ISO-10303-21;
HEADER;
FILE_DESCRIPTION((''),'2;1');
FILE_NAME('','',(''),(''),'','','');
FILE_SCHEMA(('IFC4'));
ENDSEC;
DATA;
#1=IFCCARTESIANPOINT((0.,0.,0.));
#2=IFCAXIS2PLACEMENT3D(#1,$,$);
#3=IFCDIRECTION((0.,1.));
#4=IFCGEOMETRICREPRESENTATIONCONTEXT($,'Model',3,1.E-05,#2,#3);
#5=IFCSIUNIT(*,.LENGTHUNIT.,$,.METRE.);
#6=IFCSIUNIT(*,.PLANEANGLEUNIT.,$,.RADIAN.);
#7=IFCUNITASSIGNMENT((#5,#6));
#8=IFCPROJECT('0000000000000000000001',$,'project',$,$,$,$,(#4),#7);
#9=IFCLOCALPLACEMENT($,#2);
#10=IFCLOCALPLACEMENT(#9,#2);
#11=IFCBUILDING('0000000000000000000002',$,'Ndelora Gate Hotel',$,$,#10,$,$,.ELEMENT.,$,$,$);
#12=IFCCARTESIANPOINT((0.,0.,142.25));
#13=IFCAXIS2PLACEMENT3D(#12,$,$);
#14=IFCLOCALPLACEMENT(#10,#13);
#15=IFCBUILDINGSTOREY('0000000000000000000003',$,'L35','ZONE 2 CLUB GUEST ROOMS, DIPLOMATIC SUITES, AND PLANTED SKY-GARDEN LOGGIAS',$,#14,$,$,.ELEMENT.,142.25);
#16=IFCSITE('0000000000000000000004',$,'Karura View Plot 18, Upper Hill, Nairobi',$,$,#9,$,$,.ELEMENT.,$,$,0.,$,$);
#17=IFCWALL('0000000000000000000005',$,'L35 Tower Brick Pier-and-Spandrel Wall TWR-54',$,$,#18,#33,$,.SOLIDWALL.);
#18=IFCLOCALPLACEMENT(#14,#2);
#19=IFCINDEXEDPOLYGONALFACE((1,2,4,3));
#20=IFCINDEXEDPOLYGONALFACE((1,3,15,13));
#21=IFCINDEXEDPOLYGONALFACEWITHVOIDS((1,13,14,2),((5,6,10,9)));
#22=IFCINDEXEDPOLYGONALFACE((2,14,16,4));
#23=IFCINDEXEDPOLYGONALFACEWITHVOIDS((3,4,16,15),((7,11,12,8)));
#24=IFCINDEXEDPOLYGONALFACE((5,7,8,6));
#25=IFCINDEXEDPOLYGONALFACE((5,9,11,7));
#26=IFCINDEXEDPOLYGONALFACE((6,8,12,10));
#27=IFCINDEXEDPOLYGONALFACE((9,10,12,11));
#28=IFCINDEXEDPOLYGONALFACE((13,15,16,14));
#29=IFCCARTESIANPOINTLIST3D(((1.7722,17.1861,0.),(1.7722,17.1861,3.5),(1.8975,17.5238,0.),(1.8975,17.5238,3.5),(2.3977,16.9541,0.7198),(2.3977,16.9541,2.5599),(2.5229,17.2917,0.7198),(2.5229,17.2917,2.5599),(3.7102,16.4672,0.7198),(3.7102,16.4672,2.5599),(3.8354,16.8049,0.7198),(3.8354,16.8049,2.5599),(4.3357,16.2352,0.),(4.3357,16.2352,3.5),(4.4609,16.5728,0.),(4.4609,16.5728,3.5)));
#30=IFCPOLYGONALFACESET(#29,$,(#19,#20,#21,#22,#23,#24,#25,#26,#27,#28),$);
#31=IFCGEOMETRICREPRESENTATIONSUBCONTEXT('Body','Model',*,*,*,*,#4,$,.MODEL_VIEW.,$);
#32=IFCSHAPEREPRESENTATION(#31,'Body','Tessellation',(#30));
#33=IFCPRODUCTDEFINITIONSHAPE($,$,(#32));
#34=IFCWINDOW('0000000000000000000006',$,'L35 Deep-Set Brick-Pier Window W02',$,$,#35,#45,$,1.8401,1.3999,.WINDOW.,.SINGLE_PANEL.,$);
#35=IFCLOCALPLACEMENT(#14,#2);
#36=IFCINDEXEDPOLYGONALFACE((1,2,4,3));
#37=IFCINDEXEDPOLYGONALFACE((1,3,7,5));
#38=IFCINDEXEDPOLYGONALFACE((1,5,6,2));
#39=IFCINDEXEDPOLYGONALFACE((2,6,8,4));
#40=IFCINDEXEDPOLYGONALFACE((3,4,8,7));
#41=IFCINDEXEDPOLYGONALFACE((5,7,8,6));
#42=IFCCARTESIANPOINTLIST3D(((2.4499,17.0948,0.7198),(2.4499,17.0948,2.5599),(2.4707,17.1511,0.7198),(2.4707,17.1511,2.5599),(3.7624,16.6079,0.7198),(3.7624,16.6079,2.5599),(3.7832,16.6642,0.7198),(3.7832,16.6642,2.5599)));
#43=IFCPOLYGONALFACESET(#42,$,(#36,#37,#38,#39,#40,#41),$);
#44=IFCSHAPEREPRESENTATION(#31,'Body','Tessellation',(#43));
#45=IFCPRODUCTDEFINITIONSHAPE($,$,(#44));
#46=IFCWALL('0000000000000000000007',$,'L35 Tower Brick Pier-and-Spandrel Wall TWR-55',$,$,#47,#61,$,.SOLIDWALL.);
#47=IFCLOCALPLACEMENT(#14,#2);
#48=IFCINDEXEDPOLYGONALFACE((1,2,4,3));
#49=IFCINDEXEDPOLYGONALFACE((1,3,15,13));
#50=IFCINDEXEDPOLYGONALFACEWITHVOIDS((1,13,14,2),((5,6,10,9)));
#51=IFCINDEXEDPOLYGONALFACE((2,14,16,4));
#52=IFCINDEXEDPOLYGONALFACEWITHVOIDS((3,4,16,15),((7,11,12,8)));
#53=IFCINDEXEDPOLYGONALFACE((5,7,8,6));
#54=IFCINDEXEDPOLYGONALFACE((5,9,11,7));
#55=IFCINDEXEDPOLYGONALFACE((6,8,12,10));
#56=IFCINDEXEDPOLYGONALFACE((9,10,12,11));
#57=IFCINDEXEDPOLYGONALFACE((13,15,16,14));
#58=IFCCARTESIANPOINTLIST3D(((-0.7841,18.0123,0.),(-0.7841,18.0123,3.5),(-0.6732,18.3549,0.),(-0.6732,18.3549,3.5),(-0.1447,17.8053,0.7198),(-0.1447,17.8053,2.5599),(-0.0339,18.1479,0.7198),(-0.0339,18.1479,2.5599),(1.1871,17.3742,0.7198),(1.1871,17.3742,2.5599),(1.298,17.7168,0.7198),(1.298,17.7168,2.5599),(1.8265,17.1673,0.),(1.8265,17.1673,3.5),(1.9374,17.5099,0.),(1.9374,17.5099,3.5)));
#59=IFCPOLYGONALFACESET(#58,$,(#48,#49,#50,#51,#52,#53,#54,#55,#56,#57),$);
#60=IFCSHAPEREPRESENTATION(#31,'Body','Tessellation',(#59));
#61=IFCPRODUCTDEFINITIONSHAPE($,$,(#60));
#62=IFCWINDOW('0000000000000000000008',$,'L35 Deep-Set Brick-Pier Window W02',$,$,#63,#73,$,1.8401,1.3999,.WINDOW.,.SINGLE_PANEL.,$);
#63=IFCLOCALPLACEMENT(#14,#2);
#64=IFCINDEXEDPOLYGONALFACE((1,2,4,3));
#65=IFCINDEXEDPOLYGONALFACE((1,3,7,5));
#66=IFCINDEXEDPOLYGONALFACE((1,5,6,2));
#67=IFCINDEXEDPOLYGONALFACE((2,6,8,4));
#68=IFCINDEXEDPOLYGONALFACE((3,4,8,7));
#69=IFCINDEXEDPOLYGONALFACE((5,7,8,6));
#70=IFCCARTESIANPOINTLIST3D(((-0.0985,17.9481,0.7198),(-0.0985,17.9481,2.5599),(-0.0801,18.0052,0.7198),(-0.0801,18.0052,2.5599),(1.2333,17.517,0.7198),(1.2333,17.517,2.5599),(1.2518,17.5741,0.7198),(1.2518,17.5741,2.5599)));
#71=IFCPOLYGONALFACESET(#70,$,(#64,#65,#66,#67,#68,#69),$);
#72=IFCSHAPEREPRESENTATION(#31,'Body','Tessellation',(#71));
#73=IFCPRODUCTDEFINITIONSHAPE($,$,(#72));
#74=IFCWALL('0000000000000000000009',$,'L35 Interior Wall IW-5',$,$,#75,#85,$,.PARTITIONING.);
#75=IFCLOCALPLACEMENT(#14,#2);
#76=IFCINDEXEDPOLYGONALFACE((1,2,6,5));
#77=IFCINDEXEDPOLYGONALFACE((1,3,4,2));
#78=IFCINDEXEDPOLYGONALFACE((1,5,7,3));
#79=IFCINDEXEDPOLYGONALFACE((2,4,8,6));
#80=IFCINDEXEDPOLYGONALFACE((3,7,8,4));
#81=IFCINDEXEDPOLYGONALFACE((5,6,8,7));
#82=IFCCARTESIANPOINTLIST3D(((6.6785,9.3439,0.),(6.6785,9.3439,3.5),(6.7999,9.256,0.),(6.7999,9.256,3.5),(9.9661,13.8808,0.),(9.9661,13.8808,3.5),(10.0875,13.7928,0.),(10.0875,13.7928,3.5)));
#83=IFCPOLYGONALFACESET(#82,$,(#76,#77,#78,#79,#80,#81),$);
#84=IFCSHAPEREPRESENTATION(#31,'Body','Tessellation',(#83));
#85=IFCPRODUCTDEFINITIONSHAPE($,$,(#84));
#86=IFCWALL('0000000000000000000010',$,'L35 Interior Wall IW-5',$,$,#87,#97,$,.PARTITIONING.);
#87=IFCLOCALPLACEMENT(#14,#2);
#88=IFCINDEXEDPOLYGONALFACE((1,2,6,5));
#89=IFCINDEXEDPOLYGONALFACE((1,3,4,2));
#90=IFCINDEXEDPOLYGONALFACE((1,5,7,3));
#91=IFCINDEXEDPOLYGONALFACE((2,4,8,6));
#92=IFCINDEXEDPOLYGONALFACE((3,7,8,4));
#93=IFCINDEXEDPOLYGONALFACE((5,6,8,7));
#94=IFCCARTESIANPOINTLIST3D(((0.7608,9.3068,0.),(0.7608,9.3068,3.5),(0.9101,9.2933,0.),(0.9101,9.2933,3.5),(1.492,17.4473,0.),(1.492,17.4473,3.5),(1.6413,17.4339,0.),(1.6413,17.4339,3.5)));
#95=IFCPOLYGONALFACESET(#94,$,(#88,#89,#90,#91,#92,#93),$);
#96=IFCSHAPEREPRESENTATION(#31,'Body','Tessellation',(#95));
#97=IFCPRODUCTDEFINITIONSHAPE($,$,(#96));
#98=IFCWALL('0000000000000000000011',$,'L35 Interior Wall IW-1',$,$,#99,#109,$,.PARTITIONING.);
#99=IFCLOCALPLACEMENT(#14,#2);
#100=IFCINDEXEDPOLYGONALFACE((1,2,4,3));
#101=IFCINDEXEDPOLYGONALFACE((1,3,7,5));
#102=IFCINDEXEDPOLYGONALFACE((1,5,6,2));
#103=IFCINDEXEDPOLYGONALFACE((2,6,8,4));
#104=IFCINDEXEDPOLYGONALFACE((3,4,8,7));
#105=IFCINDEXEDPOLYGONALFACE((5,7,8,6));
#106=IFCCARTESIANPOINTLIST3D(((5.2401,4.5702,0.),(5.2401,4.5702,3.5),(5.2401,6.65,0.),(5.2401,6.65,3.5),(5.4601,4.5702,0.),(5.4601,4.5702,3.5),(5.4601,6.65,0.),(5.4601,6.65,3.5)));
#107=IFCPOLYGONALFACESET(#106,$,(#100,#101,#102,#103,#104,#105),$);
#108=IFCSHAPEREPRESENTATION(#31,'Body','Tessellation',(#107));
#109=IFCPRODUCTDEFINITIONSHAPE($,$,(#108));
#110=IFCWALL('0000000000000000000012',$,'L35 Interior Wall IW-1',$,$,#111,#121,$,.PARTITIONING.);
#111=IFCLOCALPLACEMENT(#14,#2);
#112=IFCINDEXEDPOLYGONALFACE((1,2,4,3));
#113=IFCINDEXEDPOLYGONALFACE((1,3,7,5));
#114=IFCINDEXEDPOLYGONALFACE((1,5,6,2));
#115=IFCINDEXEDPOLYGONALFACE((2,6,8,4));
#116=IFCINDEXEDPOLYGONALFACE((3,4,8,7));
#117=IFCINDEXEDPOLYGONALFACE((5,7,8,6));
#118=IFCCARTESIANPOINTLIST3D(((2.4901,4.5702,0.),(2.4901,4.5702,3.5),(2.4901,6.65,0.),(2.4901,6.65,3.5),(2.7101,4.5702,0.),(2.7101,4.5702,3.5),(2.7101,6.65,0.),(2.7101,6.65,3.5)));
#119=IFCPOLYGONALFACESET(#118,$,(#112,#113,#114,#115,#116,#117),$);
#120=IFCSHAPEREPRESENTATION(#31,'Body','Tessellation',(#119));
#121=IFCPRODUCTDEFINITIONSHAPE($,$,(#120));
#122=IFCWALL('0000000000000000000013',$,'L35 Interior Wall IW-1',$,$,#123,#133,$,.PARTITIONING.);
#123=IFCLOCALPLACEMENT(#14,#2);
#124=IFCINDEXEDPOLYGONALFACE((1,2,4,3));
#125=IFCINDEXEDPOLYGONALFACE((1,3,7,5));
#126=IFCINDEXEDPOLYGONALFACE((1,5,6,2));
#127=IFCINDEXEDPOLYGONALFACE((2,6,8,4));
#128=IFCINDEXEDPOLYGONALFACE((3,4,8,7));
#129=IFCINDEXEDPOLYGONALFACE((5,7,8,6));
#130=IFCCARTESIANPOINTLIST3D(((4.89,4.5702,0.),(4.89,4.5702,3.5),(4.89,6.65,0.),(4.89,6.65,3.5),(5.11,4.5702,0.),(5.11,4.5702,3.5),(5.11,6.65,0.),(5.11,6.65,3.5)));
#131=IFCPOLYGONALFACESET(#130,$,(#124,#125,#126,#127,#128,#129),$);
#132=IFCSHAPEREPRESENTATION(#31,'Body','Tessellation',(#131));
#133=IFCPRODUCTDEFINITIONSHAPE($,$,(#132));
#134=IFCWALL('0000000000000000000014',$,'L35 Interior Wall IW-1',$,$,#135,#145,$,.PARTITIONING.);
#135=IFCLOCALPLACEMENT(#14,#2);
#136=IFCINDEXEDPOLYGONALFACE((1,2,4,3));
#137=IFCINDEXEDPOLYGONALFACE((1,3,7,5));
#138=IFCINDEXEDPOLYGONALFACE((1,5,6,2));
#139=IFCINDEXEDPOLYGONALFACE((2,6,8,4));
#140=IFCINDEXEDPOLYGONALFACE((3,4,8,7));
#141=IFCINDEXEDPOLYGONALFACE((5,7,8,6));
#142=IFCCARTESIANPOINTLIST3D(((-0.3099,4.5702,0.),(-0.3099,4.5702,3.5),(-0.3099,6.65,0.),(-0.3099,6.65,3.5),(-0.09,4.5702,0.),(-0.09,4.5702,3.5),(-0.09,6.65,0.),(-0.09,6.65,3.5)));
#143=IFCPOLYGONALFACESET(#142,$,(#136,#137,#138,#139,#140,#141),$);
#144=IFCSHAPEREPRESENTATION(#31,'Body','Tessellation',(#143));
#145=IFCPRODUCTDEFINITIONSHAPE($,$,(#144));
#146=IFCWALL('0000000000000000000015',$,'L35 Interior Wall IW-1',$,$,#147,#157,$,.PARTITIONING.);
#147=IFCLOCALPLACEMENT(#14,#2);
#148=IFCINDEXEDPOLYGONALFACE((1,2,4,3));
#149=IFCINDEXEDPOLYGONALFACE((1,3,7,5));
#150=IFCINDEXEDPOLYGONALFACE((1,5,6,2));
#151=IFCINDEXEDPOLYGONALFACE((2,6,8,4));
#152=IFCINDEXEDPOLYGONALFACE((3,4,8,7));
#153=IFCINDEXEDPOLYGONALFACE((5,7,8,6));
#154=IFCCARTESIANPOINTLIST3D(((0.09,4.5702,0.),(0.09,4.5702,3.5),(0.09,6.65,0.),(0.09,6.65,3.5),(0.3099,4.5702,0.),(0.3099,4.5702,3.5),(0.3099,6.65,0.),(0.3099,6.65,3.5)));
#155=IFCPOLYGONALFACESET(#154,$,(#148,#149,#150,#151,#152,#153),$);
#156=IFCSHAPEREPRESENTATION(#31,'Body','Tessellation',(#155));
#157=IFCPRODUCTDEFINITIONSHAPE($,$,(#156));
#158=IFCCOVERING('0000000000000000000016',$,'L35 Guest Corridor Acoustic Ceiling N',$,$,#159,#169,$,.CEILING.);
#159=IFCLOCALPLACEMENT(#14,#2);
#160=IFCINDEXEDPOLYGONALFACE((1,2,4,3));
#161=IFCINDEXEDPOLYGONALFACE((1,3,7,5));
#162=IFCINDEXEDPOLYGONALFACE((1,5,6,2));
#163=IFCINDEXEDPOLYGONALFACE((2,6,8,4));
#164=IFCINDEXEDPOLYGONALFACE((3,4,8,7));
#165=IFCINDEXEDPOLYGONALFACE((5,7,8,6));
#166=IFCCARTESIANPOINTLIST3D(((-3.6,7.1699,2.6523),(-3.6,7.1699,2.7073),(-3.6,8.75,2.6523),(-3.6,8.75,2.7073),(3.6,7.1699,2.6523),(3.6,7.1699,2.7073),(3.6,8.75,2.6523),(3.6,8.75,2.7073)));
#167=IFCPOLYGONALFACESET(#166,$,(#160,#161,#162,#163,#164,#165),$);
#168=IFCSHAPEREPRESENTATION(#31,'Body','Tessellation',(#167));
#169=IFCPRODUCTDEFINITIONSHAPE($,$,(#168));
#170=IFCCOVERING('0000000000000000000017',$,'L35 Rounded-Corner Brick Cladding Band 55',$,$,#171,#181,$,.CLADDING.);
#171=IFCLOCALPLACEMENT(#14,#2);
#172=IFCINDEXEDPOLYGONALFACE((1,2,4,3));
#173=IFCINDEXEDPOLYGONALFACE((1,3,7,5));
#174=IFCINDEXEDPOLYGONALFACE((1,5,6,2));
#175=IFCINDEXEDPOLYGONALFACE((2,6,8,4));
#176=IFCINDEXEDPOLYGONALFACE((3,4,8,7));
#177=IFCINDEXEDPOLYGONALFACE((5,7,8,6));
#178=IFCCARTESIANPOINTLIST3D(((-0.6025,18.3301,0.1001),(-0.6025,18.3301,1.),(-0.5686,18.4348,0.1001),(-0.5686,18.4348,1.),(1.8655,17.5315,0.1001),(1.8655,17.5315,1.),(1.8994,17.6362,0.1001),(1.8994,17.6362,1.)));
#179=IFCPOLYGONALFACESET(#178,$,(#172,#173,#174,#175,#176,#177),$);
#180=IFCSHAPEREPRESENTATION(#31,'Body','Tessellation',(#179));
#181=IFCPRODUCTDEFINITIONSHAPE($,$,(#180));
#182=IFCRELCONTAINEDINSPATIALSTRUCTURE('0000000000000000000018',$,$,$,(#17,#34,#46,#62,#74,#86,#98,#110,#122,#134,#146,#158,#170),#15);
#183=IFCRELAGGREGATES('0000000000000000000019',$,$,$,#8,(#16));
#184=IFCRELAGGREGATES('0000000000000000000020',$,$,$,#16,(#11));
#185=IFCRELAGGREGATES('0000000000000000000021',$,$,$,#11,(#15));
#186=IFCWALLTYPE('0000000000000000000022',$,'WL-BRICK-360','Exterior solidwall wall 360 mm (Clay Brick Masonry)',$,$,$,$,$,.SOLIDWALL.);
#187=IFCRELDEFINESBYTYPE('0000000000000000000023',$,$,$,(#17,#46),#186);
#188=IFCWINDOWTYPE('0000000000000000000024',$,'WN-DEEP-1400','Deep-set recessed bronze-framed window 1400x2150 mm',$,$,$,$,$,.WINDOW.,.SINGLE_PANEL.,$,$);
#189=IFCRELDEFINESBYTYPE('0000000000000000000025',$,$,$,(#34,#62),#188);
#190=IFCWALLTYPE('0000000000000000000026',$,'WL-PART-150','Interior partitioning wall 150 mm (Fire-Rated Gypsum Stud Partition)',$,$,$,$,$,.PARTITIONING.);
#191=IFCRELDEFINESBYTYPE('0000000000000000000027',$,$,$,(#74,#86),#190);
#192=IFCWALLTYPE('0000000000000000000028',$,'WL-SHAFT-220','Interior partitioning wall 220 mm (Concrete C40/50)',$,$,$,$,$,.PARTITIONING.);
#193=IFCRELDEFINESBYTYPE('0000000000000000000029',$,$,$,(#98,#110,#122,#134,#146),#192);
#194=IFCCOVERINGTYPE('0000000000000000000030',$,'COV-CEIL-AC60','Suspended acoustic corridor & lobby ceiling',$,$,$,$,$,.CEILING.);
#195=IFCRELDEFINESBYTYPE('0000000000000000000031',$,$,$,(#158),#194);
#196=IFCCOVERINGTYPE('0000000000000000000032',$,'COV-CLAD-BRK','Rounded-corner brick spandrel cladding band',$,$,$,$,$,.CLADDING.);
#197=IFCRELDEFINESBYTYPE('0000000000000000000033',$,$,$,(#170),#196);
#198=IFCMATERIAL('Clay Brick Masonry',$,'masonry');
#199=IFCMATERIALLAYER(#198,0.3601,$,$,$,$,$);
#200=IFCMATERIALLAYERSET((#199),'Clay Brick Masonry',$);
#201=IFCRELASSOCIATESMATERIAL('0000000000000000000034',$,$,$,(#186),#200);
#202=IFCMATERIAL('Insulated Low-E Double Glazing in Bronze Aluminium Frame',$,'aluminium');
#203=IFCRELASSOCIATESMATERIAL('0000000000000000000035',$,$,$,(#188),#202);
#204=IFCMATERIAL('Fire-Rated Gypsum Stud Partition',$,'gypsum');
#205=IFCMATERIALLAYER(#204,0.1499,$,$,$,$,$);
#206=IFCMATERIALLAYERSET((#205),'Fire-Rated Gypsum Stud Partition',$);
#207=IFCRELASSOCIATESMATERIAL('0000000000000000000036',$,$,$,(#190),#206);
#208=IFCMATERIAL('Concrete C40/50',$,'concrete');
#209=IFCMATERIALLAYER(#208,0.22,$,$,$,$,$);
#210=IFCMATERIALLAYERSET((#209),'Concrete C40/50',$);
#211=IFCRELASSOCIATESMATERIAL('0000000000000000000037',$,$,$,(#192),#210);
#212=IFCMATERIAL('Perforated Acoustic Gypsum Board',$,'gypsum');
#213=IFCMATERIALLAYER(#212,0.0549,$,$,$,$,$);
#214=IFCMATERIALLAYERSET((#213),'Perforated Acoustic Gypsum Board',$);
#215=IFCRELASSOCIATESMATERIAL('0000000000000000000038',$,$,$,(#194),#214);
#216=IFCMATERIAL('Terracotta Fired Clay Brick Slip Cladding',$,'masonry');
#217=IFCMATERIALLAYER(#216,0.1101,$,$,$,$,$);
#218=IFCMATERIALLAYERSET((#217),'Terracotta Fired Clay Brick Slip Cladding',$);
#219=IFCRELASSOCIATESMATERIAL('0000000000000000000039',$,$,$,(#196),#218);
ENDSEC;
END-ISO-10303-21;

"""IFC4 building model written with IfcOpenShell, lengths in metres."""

from ifc_helpers import new_model, si_unit, direction, frame, frame_2d, origin, origin_2d, place, context, subcontext, project, spatial, rectangle, extrude, material, layer, layer_set, type_object, element, fill, save


model = new_model("IFC4")

# Units and contexts
model_context = context("Model", 3, precision=1e-05, world=origin(), true_north=direction((0.0, 1.0)))
body_context = subcontext(model_context, "Body", "Model", "MODEL_VIEW")
ifc_project = project(units=[si_unit("LENGTHUNIT", "METRE"), si_unit("PLANEANGLEUNIT", "RADIAN")], contexts=[model_context])

# Site, building, storey
site_placement = place(None, origin())
site = spatial("IfcSite", under=ifc_project, at=site_placement, Name="Karura View Plot 18, Upper Hill, Nairobi", CompositionType="ELEMENT", RefElevation=0.0)
building_placement = place(site_placement, origin())
building = spatial("IfcBuilding", under=site, at=building_placement, Name="Ndelora Gate Hotel", CompositionType="ELEMENT")
storey_placement = place(building_placement, frame((0.0, 0.0, 142.25)))
storey = spatial("IfcBuildingStorey", under=building, at=storey_placement, Name="L35", Description="ZONE 2 CLUB GUEST ROOMS, DIPLOMATIC SUITES, AND PLANTED SKY-GARDEN LOGGIAS", CompositionType="ELEMENT", Elevation=142.25)

# Walls, openings, windows
ifc_material_1 = material(Name="Clay Brick Masonry", Category="masonry")
ifc_layer_1 = layer(ifc_material_1, 0.3601)
ifc_layer_set_1 = layer_set([ifc_layer_1], Name="Clay Brick Masonry")
wall_type_1 = type_object("IfcWallType", Name="WL-BRICK-360", Description="Exterior solidwall wall 360 mm (Clay Brick Masonry)", PredefinedType="SOLIDWALL", material=ifc_layer_set_1)
ifc_material_2 = material(Name="Insulated Low-E Double Glazing in Bronze Aluminium Frame", Category="aluminium")
window_type = type_object("IfcWindowType", Name="WN-DEEP-1400", Description="Deep-set recessed bronze-framed window 1400x2150 mm", PartitioningType="SINGLE_PANEL", PredefinedType="WINDOW", material=ifc_material_2)
wall_1_placement = place(storey_placement, frame((1.8347, 17.355, 0.0), z_axis=(0.0, 0.0, 1.0), x_axis=(0.937571, -0.347794, 0.0)))
wall_1 = element("IfcWall", 1, at=wall_1_placement, inside=storey, type_object=wall_type_1, Name="L35 Tower Brick Pier-and-Spandrel Wall TWR-54", PredefinedType="SOLIDWALL", context=body_context, shape_type="SweptSolid", body=[
    extrude(rectangle(XDim=2.7341, YDim=0.3601, at=frame_2d((1.3672, 0.0))), origin(), (0.0, 0.0, 1.0), 3.5),
])
opening_1_placement = place(wall_1_placement, frame((0.6672, 0.0, 0.72)))
opening_1 = element("IfcOpeningElement", 2, at=opening_1_placement, cuts=wall_1, PredefinedType="OPENING", context=body_context, shape_type="SweptSolid", body=[
    extrude(rectangle(XDim=1.3999, YDim=1.8401, at=frame_2d((0.7, 0.9199))), frame((0.0, 0.1899, 0.0), z_axis=(0.0, -1.0, 0.0), x_axis=(1.0, 0.0, 0.0)), (0.0, 0.0, 1.0), 0.3801),
])
window_1_placement = place(opening_1_placement, origin())
window_1 = element("IfcWindow", 3, at=window_1_placement, inside=storey, type_object=window_type, Name="L35 Deep-Set Brick-Pier Window W02", OverallHeight=1.8401, OverallWidth=1.3999, PartitioningType="SINGLE_PANEL", PredefinedType="WINDOW", context=body_context, shape_type="SweptSolid", body=[
    extrude(rectangle(XDim=1.3999, YDim=1.8401, at=frame_2d((0.7, 0.9199))), frame((0.0, 0.03, 0.0), z_axis=(0.0, -1.0, 0.0), x_axis=(1.0, 0.0, 0.0)), (0.0, 0.0, 1.0), 0.0601),
])
fill(opening_1, window_1)
wall_2_placement = place(storey_placement, frame((-0.7288, 18.1836, 0.0), z_axis=(0.0, 0.0, 1.0), x_axis=(0.951405, -0.307941, 0.0)))
wall_2 = element("IfcWall", 4, at=wall_2_placement, inside=storey, type_object=wall_type_1, Name="L35 Tower Brick Pier-and-Spandrel Wall TWR-55", PredefinedType="SOLIDWALL", context=body_context, shape_type="SweptSolid", body=[
    extrude(rectangle(XDim=2.7439, YDim=0.3601, at=frame_2d((1.3721, 0.0))), origin(), (0.0, 0.0, 1.0), 3.5),
])
opening_2_placement = place(wall_2_placement, frame((0.6721, 0.0, 0.72)))
opening_2 = element("IfcOpeningElement", 5, at=opening_2_placement, cuts=wall_2, PredefinedType="OPENING", context=body_context, shape_type="SweptSolid", body=[
    extrude(rectangle(XDim=1.3999, YDim=1.8401, at=frame_2d((0.7, 0.9199))), frame((0.0, 0.1899, 0.0), z_axis=(0.0, -1.0, 0.0), x_axis=(1.0, 0.0, 0.0)), (0.0, 0.0, 1.0), 0.3801),
])
window_2_placement = place(opening_2_placement, origin())
window_2 = element("IfcWindow", 6, at=window_2_placement, inside=storey, type_object=window_type, Name="L35 Deep-Set Brick-Pier Window W02", OverallHeight=1.8401, OverallWidth=1.3999, PartitioningType="SINGLE_PANEL", PredefinedType="WINDOW", context=body_context, shape_type="SweptSolid", body=[
    extrude(rectangle(XDim=1.3999, YDim=1.8401, at=frame_2d((0.7, 0.9199))), frame((0.0, 0.03, 0.0), z_axis=(0.0, -1.0, 0.0), x_axis=(1.0, 0.0, 0.0)), (0.0, 0.0, 1.0), 0.0601),
])
fill(opening_2, window_2)

# Walls
ifc_material_3 = material(Name="Fire-Rated Gypsum Stud Partition", Category="gypsum")
ifc_layer_2 = layer(ifc_material_3, 0.1499)
ifc_layer_set_2 = layer_set([ifc_layer_2], Name="Fire-Rated Gypsum Stud Partition")
wall_type_2 = type_object("IfcWallType", Name="WL-PART-150", Description="Interior partitioning wall 150 mm (Fire-Rated Gypsum Stud Partition)", PredefinedType="PARTITIONING", material=ifc_layer_set_2)
wall_3_placement = place(storey_placement, frame((6.7393, 9.3, 0.0), z_axis=(0.0, 0.0, 1.0), x_axis=(0.586777, 0.809749, 0.0)))
element("IfcWall", 7, at=wall_3_placement, inside=storey, type_object=wall_type_2, Name="L35 Interior Wall IW-5", PredefinedType="PARTITIONING", context=body_context, shape_type="SweptSolid", body=[
    extrude(rectangle(XDim=5.6028, YDim=0.1499, at=frame_2d((2.8013, 0.0))), origin(), (0.0, 0.0, 1.0), 3.5),
])
wall_4_placement = place(storey_placement, frame((0.8354, 9.3, 0.0), z_axis=(0.0, 0.0, 1.0), x_axis=(0.089461, 0.99599, 0.0)))
element("IfcWall", 8, at=wall_4_placement, inside=storey, type_object=wall_type_2, Name="L35 Interior Wall IW-5", PredefinedType="PARTITIONING", context=body_context, shape_type="SweptSolid", body=[
    extrude(rectangle(XDim=8.1733, YDim=0.1499, at=frame_2d((4.0867, 0.0))), origin(), (0.0, 0.0, 1.0), 3.5),
])

# Shared definitions
ifc_material_4 = material(Name="Concrete C40/50", Category="concrete")
ifc_layer_3 = layer(ifc_material_4, 0.22)
ifc_layer_set_3 = layer_set([ifc_layer_3], Name="Concrete C40/50")
wall_type_3 = type_object("IfcWallType", Name="WL-SHAFT-220", Description="Interior partitioning wall 220 mm (Concrete C40/50)", PredefinedType="PARTITIONING", material=ifc_layer_set_3)

# Walls
for number, where, z_axis, x_axis, name in (
    (9, (5.3501, 4.5701, 0.0), (0.0, 0.0, 1.0), (0.0, 1.0, 0.0), "L35 Interior Wall IW-1"),
    (10, (2.6001, 4.5701, 0.0), (0.0, 0.0, 1.0), (0.0, 1.0, 0.0), "L35 Interior Wall IW-1"),
    (11, (5.0, 4.5701, 0.0), (0.0, 0.0, 1.0), (0.0, 1.0, 0.0), "L35 Interior Wall IW-1"),
    (12, (-0.2, 4.5701, 0.0), (0.0, 0.0, 1.0), (0.0, 1.0, 0.0), "L35 Interior Wall IW-1"),
    (13, (0.2, 4.5701, 0.0), (0.0, 0.0, 1.0), (0.0, 1.0, 0.0), "L35 Interior Wall IW-1"),
):
    element("IfcWall", number, at=place(storey_placement, frame(where, z_axis=z_axis, x_axis=x_axis)), inside=storey, type_object=wall_type_3, Name=name, PredefinedType="PARTITIONING", context=body_context, shape_type="SweptSolid", body=[
        extrude(rectangle(XDim=2.0798, YDim=0.22, at=frame_2d((1.04, 0.0))), origin(), (0.0, 0.0, 1.0), 3.5),
    ])

# Coverings
ifc_material_5 = material(Name="Perforated Acoustic Gypsum Board", Category="gypsum")
ifc_layer_4 = layer(ifc_material_5, 0.0549)
ifc_layer_set_4 = layer_set([ifc_layer_4], Name="Perforated Acoustic Gypsum Board")
covering_type_1 = type_object("IfcCoveringType", Name="COV-CEIL-AC60", Description="Suspended acoustic corridor & lobby ceiling", PredefinedType="CEILING", material=ifc_layer_set_4)
covering_1_placement = place(storey_placement, frame((0.0, 7.96, 2.6523), z_axis=(0.0, 0.0, 1.0), x_axis=(1.0, 0.0, 0.0)))
element("IfcCovering", 14, at=covering_1_placement, inside=storey, type_object=covering_type_1, Name="L35 Guest Corridor Acoustic Ceiling N", PredefinedType="CEILING", context=body_context, shape_type="SweptSolid", body=[
    extrude(rectangle(XDim=7.2, YDim=1.5801, at=origin_2d()), origin(), (0.0, 0.0, 1.0), 0.0549),
])
ifc_material_6 = material(Name="Terracotta Fired Clay Brick Slip Cladding", Category="masonry")
ifc_layer_5 = layer(ifc_material_6, 0.1101)
ifc_layer_set_5 = layer_set([ifc_layer_5], Name="Terracotta Fired Clay Brick Slip Cladding")
covering_type_2 = type_object("IfcCoveringType", Name="COV-CLAD-BRK", Description="Rounded-corner brick spandrel cladding band", PredefinedType="CLADDING", material=ifc_layer_set_5)
covering_2_placement = place(storey_placement, frame((0.6484, 17.9832, 0.1001), z_axis=(0.0, 0.0, 1.0), x_axis=(-0.951433, 0.307855, 0.0)))
element("IfcCovering", 15, at=covering_2_placement, inside=storey, type_object=covering_type_2, Name="L35 Rounded-Corner Brick Cladding Band 55", PredefinedType="CLADDING", context=body_context, shape_type="SweptSolid", body=[
    extrude(rectangle(XDim=2.594, YDim=0.1101, at=origin_2d()), origin(), (0.0, 0.0, 1.0), 0.8999),
])

save(model, "model.ifc")
